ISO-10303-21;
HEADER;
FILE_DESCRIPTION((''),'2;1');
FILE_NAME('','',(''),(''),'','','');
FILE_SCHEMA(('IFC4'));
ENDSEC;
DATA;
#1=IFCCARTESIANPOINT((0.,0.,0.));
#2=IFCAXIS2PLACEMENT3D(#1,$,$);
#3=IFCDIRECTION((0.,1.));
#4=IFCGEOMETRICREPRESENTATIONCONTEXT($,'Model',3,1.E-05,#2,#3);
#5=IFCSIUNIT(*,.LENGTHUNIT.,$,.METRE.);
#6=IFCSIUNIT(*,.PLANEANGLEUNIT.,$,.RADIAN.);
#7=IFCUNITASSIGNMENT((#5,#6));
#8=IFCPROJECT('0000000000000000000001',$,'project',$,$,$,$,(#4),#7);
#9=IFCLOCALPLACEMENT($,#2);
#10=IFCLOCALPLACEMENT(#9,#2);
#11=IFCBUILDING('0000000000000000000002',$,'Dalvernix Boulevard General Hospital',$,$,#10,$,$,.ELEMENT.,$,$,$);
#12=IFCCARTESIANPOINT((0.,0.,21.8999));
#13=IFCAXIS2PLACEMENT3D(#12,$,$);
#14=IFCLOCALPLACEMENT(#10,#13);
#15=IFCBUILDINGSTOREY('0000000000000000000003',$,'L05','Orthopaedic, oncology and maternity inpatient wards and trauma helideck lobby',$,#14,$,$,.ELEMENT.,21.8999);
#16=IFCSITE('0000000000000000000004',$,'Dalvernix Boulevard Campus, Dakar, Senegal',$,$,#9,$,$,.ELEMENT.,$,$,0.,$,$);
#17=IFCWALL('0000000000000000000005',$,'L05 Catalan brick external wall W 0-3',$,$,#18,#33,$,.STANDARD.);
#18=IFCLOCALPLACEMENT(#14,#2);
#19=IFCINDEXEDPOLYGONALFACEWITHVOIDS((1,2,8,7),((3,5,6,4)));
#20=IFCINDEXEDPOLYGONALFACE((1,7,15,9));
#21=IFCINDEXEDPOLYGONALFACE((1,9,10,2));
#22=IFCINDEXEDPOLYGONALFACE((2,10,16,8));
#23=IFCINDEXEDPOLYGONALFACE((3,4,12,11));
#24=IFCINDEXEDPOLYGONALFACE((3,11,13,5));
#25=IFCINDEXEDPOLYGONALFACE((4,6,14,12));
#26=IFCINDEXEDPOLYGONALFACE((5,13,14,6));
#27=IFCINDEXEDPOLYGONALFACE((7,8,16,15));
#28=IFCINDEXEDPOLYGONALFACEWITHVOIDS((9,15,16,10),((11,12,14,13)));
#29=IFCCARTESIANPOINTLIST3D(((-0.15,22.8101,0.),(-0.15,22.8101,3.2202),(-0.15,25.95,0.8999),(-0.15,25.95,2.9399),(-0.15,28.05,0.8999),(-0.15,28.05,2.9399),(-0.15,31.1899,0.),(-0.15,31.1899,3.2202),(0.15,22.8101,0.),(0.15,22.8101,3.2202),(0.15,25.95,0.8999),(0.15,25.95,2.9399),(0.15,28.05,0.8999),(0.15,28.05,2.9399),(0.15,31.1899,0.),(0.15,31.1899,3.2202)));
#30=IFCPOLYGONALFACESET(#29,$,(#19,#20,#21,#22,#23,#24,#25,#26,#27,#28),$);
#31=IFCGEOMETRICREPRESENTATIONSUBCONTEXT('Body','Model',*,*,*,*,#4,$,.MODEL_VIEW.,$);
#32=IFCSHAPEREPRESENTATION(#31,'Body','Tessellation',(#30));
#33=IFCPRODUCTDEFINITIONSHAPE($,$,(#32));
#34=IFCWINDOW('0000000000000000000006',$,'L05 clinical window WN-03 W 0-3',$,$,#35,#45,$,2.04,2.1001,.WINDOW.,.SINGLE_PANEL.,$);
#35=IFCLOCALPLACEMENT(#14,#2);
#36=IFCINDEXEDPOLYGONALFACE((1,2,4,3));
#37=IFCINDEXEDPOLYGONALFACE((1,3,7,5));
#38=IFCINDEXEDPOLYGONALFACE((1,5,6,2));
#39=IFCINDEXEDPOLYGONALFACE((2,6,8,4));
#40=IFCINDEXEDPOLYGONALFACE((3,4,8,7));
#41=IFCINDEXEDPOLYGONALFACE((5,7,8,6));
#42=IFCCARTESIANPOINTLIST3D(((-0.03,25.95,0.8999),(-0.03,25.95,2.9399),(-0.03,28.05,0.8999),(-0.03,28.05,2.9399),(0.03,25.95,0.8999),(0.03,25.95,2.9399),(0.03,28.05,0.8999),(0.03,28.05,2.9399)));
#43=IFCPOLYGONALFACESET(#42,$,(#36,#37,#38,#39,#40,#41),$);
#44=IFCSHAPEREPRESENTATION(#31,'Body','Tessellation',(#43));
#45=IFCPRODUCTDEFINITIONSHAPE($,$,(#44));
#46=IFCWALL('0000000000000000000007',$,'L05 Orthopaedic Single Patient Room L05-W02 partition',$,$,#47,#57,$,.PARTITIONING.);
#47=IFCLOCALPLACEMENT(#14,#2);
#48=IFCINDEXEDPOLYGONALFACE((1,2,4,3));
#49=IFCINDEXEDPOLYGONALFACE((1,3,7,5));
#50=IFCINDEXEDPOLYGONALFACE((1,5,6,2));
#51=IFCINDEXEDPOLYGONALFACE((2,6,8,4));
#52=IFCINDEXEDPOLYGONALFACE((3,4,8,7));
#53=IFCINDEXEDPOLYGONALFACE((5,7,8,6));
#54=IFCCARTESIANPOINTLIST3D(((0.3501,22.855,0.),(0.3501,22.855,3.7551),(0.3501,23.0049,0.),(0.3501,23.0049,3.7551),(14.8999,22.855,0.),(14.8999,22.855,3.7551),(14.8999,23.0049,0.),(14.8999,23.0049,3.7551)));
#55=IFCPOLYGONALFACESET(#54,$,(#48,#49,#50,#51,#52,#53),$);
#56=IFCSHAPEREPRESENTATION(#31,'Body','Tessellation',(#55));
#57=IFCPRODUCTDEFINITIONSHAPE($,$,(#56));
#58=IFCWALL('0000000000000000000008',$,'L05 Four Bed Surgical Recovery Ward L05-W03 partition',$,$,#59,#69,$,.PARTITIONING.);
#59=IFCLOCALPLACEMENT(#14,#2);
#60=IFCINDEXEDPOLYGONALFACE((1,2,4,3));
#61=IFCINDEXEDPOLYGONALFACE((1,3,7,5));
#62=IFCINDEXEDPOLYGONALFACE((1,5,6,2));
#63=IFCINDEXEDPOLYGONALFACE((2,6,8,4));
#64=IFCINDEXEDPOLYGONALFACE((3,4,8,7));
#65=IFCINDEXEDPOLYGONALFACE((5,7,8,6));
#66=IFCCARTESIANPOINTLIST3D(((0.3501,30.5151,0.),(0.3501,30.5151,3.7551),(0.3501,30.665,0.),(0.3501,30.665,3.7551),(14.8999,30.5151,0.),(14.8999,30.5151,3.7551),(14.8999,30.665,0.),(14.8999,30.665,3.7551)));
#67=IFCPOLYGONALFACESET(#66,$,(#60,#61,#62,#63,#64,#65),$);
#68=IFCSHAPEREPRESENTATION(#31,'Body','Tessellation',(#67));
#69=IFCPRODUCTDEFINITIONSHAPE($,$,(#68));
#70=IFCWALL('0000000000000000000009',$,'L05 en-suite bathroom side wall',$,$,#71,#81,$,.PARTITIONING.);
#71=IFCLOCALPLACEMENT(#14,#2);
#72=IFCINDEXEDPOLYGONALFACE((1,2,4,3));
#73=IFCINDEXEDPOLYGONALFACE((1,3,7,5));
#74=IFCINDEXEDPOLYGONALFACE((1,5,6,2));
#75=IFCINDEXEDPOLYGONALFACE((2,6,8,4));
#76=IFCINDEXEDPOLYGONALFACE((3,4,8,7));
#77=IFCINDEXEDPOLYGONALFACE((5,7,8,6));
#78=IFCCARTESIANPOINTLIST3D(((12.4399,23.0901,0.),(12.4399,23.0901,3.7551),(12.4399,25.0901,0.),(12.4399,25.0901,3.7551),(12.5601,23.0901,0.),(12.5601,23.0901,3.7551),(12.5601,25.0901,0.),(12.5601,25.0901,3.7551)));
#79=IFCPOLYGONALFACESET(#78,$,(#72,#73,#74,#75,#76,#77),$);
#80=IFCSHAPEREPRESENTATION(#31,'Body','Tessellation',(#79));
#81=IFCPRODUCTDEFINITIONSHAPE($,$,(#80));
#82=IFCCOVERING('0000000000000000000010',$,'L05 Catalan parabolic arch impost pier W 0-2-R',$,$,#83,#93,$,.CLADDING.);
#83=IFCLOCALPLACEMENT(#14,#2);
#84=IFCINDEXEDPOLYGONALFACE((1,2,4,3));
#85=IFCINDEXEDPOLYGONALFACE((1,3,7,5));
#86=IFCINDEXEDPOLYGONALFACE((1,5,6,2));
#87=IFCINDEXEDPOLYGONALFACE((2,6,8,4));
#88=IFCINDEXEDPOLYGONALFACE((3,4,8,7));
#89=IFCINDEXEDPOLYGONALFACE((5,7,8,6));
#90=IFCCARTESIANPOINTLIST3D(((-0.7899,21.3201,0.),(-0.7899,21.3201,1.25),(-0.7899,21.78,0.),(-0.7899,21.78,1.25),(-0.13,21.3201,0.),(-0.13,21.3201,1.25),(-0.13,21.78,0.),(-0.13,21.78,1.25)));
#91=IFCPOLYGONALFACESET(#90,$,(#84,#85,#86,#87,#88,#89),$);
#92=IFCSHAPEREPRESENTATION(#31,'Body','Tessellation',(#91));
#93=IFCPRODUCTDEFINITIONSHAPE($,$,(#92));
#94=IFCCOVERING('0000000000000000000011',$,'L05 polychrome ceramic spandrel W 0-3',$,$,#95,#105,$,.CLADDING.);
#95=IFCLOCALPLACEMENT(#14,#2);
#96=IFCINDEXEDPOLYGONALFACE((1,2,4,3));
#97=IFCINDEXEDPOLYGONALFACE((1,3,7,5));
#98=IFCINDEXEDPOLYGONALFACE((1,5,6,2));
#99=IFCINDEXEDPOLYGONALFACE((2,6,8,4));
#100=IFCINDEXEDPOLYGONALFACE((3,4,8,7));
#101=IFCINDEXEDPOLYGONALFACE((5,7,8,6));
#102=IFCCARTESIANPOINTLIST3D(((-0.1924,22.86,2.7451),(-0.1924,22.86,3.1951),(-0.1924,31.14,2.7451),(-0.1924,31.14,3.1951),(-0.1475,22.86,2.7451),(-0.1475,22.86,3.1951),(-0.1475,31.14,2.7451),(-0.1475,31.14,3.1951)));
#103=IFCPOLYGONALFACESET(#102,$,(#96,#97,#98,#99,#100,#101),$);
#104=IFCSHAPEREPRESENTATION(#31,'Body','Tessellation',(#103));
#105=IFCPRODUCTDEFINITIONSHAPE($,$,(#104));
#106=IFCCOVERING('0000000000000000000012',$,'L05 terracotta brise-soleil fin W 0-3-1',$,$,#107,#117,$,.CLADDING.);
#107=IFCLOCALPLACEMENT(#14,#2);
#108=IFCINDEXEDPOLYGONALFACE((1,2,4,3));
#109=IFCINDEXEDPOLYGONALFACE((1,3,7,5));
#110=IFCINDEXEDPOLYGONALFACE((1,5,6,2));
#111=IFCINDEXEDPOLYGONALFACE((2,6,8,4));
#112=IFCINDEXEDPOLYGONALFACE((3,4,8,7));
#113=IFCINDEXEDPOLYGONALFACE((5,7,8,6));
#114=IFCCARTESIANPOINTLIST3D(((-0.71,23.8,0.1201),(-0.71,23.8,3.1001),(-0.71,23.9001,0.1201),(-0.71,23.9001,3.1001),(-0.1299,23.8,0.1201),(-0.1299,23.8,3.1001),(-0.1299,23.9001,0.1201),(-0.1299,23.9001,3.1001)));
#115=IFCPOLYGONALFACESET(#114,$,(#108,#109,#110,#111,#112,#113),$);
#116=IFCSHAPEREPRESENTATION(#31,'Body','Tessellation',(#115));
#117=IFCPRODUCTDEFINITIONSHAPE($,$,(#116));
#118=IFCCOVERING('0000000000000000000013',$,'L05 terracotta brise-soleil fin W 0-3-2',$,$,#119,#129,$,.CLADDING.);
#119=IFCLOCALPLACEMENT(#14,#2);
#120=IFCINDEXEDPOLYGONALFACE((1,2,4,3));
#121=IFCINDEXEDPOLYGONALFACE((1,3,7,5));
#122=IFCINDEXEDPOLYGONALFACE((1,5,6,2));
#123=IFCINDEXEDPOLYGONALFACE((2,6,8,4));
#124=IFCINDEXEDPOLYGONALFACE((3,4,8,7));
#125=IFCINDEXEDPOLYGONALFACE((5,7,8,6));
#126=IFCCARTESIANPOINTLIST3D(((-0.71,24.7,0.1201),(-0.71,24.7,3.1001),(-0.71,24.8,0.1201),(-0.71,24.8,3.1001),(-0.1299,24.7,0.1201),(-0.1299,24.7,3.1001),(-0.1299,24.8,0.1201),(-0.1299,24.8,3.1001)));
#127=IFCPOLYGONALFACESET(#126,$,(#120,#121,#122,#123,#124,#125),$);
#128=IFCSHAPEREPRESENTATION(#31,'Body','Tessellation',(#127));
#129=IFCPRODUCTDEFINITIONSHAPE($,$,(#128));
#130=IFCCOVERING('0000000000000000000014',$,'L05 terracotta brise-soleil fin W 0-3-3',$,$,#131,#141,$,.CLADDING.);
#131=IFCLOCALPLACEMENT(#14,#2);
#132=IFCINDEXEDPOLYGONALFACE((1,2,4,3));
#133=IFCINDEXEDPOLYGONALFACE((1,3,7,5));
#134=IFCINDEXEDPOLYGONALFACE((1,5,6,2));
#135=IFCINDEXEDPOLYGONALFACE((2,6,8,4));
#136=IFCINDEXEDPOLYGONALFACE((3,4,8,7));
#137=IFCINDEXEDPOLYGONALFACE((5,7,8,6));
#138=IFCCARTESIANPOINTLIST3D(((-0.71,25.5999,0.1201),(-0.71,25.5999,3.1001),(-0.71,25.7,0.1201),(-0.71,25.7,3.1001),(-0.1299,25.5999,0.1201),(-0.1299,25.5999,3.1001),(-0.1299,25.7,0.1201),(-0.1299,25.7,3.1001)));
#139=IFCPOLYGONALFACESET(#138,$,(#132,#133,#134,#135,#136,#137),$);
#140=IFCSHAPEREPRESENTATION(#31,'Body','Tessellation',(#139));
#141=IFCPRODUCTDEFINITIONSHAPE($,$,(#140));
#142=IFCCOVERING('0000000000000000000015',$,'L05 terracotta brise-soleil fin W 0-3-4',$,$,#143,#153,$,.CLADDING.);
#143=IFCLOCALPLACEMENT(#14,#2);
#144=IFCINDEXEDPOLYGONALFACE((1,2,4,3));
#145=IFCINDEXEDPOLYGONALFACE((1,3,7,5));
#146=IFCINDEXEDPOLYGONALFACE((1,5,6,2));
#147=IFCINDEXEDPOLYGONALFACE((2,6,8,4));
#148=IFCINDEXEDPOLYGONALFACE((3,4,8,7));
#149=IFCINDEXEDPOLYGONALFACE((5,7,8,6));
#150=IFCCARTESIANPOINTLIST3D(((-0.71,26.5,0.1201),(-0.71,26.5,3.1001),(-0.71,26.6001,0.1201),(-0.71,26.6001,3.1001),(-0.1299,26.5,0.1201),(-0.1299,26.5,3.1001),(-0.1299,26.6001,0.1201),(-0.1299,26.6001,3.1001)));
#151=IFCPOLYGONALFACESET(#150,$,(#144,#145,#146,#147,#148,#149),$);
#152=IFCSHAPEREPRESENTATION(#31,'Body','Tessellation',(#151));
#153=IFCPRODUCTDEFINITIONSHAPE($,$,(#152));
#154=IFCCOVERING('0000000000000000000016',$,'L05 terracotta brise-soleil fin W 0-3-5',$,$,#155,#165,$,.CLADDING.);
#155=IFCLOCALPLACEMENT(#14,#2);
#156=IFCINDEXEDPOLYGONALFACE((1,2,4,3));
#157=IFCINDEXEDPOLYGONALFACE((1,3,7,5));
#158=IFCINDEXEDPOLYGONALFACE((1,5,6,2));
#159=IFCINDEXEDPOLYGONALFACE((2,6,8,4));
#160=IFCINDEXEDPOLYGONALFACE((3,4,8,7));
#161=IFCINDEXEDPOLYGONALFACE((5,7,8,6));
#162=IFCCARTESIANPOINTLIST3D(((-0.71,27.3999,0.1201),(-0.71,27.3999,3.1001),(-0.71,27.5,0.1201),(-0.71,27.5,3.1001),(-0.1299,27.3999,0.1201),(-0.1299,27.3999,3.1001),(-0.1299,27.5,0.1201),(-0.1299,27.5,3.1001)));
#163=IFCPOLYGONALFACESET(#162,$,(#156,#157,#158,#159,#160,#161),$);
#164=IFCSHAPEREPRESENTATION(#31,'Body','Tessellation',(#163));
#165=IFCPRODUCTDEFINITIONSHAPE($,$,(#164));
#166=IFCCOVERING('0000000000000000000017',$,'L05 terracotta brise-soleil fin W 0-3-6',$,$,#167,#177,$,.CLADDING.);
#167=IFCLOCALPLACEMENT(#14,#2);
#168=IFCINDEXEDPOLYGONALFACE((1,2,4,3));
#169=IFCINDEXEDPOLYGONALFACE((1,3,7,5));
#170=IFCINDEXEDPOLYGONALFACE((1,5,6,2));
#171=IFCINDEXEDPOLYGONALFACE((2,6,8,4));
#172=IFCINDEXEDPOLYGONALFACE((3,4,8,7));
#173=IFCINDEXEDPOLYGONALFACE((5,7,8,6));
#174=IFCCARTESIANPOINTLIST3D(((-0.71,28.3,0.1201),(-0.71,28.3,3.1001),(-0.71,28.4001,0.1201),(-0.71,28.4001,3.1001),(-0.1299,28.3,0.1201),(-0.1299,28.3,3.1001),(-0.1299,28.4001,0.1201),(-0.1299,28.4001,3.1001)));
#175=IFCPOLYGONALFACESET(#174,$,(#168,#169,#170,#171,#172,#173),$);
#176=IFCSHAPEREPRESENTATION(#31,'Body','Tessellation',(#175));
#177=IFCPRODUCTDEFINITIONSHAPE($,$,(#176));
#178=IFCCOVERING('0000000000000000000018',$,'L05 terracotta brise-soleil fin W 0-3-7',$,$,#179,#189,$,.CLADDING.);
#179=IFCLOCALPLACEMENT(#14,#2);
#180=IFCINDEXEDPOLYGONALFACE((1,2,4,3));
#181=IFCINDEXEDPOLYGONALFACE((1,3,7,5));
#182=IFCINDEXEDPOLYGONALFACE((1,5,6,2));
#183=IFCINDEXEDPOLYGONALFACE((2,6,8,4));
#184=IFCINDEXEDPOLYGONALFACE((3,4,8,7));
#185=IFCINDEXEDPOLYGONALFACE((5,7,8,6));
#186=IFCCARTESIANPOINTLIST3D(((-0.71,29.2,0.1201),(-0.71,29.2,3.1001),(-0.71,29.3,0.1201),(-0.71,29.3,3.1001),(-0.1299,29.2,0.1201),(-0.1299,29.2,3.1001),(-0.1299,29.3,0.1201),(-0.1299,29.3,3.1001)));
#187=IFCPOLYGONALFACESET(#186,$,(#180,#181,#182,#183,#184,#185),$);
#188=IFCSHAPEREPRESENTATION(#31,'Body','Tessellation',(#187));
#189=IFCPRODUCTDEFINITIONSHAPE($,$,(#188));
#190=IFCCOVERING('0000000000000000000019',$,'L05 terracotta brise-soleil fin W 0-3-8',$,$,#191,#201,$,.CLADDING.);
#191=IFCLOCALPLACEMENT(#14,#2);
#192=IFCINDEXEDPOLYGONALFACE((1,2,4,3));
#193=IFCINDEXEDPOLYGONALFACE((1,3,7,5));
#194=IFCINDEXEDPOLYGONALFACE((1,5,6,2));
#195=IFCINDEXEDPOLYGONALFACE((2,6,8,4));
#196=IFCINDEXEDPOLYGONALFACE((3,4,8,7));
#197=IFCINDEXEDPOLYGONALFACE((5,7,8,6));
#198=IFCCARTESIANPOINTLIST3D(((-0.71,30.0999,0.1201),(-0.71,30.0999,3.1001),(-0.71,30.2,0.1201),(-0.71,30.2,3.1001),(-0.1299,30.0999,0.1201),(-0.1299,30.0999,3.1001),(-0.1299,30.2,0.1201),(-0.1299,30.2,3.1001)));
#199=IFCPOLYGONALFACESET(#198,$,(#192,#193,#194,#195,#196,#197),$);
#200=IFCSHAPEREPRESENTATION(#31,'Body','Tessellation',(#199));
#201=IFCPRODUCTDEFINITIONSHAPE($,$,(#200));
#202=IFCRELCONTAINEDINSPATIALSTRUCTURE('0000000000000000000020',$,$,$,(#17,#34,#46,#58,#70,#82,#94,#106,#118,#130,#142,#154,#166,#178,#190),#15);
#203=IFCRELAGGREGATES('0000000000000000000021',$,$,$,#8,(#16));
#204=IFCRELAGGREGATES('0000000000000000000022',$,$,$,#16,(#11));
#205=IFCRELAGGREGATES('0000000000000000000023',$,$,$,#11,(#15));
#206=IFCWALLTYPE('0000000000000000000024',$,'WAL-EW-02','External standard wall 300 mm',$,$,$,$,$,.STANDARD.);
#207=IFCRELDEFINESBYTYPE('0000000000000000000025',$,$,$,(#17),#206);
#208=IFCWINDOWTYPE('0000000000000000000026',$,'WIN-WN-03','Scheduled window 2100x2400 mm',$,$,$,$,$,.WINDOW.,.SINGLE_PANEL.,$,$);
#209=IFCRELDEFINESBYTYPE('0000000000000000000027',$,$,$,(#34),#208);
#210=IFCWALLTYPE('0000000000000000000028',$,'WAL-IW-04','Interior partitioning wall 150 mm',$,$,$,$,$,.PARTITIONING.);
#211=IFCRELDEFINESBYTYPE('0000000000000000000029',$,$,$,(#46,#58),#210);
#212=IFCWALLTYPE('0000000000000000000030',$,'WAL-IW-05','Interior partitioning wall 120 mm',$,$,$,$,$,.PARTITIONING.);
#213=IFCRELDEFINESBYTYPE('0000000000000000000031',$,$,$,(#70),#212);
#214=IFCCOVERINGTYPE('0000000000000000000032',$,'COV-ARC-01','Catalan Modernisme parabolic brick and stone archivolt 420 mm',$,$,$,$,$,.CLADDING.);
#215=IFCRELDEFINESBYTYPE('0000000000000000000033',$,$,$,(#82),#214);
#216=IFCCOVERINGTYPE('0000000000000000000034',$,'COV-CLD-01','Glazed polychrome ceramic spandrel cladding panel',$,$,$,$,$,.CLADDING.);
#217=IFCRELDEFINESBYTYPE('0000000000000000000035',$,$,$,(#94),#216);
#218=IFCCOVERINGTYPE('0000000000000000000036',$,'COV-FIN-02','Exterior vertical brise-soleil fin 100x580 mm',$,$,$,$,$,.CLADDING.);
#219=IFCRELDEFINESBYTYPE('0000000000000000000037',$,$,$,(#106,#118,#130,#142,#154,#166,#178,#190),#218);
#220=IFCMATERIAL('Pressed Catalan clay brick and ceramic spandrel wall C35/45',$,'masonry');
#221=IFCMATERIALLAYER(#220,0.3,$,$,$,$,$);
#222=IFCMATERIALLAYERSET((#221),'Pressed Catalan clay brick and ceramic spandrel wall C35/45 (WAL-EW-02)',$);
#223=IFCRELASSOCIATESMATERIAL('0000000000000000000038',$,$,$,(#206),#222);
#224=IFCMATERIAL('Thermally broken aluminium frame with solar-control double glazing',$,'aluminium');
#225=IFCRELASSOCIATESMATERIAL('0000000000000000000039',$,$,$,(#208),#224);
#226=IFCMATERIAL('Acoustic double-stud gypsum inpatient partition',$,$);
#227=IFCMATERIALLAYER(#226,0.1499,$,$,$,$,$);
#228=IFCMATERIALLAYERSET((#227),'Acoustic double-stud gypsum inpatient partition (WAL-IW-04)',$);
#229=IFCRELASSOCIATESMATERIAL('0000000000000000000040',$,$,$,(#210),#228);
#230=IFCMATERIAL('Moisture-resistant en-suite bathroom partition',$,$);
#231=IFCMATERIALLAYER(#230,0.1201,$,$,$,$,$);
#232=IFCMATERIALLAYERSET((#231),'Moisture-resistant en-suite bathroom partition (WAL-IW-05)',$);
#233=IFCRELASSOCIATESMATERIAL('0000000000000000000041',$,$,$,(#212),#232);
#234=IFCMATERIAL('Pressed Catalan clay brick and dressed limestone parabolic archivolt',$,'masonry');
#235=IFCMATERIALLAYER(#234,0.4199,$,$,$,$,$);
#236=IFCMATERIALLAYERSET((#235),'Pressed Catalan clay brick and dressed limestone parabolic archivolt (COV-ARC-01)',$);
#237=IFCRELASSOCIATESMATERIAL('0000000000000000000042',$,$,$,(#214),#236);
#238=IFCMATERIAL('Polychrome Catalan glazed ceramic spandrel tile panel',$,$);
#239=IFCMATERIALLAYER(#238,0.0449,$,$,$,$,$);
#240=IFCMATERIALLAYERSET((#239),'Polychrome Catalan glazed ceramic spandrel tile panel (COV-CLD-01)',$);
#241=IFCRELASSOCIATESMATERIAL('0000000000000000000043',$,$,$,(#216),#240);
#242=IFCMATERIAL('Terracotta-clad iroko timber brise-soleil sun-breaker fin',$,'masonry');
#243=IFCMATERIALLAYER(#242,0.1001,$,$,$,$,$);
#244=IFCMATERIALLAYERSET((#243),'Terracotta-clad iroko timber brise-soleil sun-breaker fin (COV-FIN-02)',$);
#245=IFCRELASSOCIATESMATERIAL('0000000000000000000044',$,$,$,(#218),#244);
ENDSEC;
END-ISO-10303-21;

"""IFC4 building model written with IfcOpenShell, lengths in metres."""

from ifc_helpers import new_model, si_unit, direction, frame, frame_2d, origin, origin_2d, place, context, subcontext, project, spatial, rectangle, extrude, material, layer, layer_set, type_object, element, fill, save


model = new_model("IFC4")

# Units and contexts
model_context = context("Model", 3, precision=1e-05, world=origin(), true_north=direction((0.0, 1.0)))
body_context = subcontext(model_context, "Body", "Model", "MODEL_VIEW")
ifc_project = project(units=[si_unit("LENGTHUNIT", "METRE"), si_unit("PLANEANGLEUNIT", "RADIAN")], contexts=[model_context])

# Site, building, storey
site_placement = place(None, origin())
site = spatial("IfcSite", under=ifc_project, at=site_placement, Name="Dalvernix Boulevard Campus, Dakar, Senegal", CompositionType="ELEMENT", RefElevation=0.0)
building_placement = place(site_placement, origin())
building = spatial("IfcBuilding", under=site, at=building_placement, Name="Dalvernix Boulevard General Hospital", CompositionType="ELEMENT")
storey_placement = place(building_placement, frame((0.0, 0.0, 21.8999)))
storey = spatial("IfcBuildingStorey", under=building, at=storey_placement, Name="L05", Description="Orthopaedic, oncology and maternity inpatient wards and trauma helideck lobby", CompositionType="ELEMENT", Elevation=21.8999)

# Wall, opening, window
ifc_material_1 = material(Name="Pressed Catalan clay brick and ceramic spandrel wall C35/45", Category="masonry")
ifc_layer_1 = layer(ifc_material_1, 0.3)
ifc_layer_set_1 = layer_set([ifc_layer_1], Name="Pressed Catalan clay brick and ceramic spandrel wall C35/45 (WAL-EW-02)")
wall_type_1 = type_object("IfcWallType", Name="WAL-EW-02", Description="External standard wall 300 mm", PredefinedType="STANDARD", material=ifc_layer_set_1)
wall_1_placement = place(storey_placement, frame((0.0, 22.8101, 0.0), z_axis=(0.0, 0.0, 1.0), x_axis=(0.0, 1.0, 0.0)))
wall_1 = element("IfcWall", 1, at=wall_1_placement, inside=storey, type_object=wall_type_1, Name="L05 Catalan brick external wall W 0-3", PredefinedType="STANDARD", context=body_context, shape_type="SweptSolid", body=[
    extrude(rectangle(XDim=8.3799, YDim=0.3, at=frame_2d((4.1899, 0.0))), origin(), (0.0, 0.0, 1.0), 3.2202),
])
opening_placement = place(wall_1_placement, frame((3.1399, 0.0, 0.8999)))
opening = element("IfcOpeningElement", 2, at=opening_placement, cuts=wall_1, PredefinedType="OPENING", context=body_context, shape_type="SweptSolid", body=[
    extrude(rectangle(XDim=2.1001, YDim=2.04, at=frame_2d((1.05, 1.02))), frame((0.0, 0.1599, 0.0), z_axis=(0.0, -1.0, 0.0), x_axis=(1.0, 0.0, 0.0)), (0.0, 0.0, 1.0), 0.3201),
])
ifc_material_2 = material(Name="Thermally broken aluminium frame with solar-control double glazing", Category="aluminium")
window_type = type_object("IfcWindowType", Name="WIN-WN-03", Description="Scheduled window 2100x2400 mm", PartitioningType="SINGLE_PANEL", PredefinedType="WINDOW", material=ifc_material_2)
window_placement = place(opening_placement, origin())
window = element("IfcWindow", 3, at=window_placement, inside=storey, type_object=window_type, Name="L05 clinical window WN-03 W 0-3", OverallHeight=2.04, OverallWidth=2.1001, PartitioningType="SINGLE_PANEL", PredefinedType="WINDOW", context=body_context, shape_type="SweptSolid", body=[
    extrude(rectangle(XDim=2.1001, YDim=2.04, at=frame_2d((1.05, 1.02))), frame((0.0, 0.03, 0.0), z_axis=(0.0, -1.0, 0.0), x_axis=(1.0, 0.0, 0.0)), (0.0, 0.0, 1.0), 0.0601),
])
fill(opening, window)

# Walls
ifc_material_3 = material(Name="Acoustic double-stud gypsum inpatient partition")
ifc_layer_2 = layer(ifc_material_3, 0.1499)
ifc_layer_set_2 = layer_set([ifc_layer_2], Name="Acoustic double-stud gypsum inpatient partition (WAL-IW-04)")
wall_type_2 = type_object("IfcWallType", Name="WAL-IW-04", Description="Interior partitioning wall 150 mm", PredefinedType="PARTITIONING", material=ifc_layer_set_2)
for number, where, z_axis, x_axis, name in (
    (4, (0.3501, 22.9299, 0.0), (0.0, 0.0, 1.0), (1.0, 0.0, 0.0), "L05 Orthopaedic Single Patient Room L05-W02 partition"),
    (5, (0.3501, 30.5901, 0.0), (0.0, 0.0, 1.0), (1.0, 0.0, 0.0), "L05 Four Bed Surgical Recovery Ward L05-W03 partition"),
):
    element("IfcWall", number, at=place(storey_placement, frame(where, z_axis=z_axis, x_axis=x_axis)), inside=storey, type_object=wall_type_2, Name=name, PredefinedType="PARTITIONING", context=body_context, shape_type="SweptSolid", body=[
        extrude(rectangle(XDim=14.5498, YDim=0.1499, at=frame_2d((7.2749, 0.0))), origin(), (0.0, 0.0, 1.0), 3.7551),
    ])
ifc_material_4 = material(Name="Moisture-resistant en-suite bathroom partition")
ifc_layer_3 = layer(ifc_material_4, 0.1201)
ifc_layer_set_3 = layer_set([ifc_layer_3], Name="Moisture-resistant en-suite bathroom partition (WAL-IW-05)")
wall_type_3 = type_object("IfcWallType", Name="WAL-IW-05", Description="Interior partitioning wall 120 mm", PredefinedType="PARTITIONING", material=ifc_layer_set_3)
wall_2_placement = place(storey_placement, frame((12.5, 23.0901, 0.0), z_axis=(0.0, 0.0, 1.0), x_axis=(0.0, 1.0, 0.0)))
element("IfcWall", 6, at=wall_2_placement, inside=storey, type_object=wall_type_3, Name="L05 en-suite bathroom side wall", PredefinedType="PARTITIONING", context=body_context, shape_type="SweptSolid", body=[
    extrude(rectangle(XDim=2.0, YDim=0.1201, at=frame_2d((1.0, 0.0))), origin(), (0.0, 0.0, 1.0), 3.7551),
])

# Coverings
ifc_material_5 = material(Name="Pressed Catalan clay brick and dressed limestone parabolic archivolt", Category="masonry")
ifc_layer_4 = layer(ifc_material_5, 0.4199)
ifc_layer_set_4 = layer_set([ifc_layer_4], Name="Pressed Catalan clay brick and dressed limestone parabolic archivolt (COV-ARC-01)")
covering_type_1 = type_object("IfcCoveringType", Name="COV-ARC-01", Description="Catalan Modernisme parabolic brick and stone archivolt 420 mm", PredefinedType="CLADDING", material=ifc_layer_set_4)
covering_1_placement = place(storey_placement, frame((-0.46, 21.55, 0.0), z_axis=(0.0, 0.0, 1.0), x_axis=(0.0, 1.0, 0.0)))
element("IfcCovering", 7, at=covering_1_placement, inside=storey, type_object=covering_type_1, Name="L05 Catalan parabolic arch impost pier W 0-2-R", PredefinedType="CLADDING", context=body_context, shape_type="SweptSolid", body=[
    extrude(rectangle(XDim=0.46, YDim=0.6599, at=origin_2d()), origin(), (0.0, 0.0, 1.0), 1.25),
])
ifc_material_6 = material(Name="Polychrome Catalan glazed ceramic spandrel tile panel")
ifc_layer_5 = layer(ifc_material_6, 0.0449)
ifc_layer_set_5 = layer_set([ifc_layer_5], Name="Polychrome Catalan glazed ceramic spandrel tile panel (COV-CLD-01)")
covering_type_2 = type_object("IfcCoveringType", Name="COV-CLD-01", Description="Glazed polychrome ceramic spandrel cladding panel", PredefinedType="CLADDING", material=ifc_layer_set_5)
covering_2_placement = place(storey_placement, frame((-0.1699, 27.0, 2.7451), z_axis=(0.0, 0.0, 1.0), x_axis=(0.0, 1.0, 0.0)))
element("IfcCovering", 8, at=covering_2_placement, inside=storey, type_object=covering_type_2, Name="L05 polychrome ceramic spandrel W 0-3", PredefinedType="CLADDING", context=body_context, shape_type="SweptSolid", body=[
    extrude(rectangle(XDim=8.28, YDim=0.0449, at=origin_2d()), origin(), (0.0, 0.0, 1.0), 0.45),
])
ifc_material_7 = material(Name="Terracotta-clad iroko timber brise-soleil sun-breaker fin", Category="masonry")
ifc_layer_6 = layer(ifc_material_7, 0.1001)
ifc_layer_set_6 = layer_set([ifc_layer_6], Name="Terracotta-clad iroko timber brise-soleil sun-breaker fin (COV-FIN-02)")
covering_type_3 = type_object("IfcCoveringType", Name="COV-FIN-02", Description="Exterior vertical brise-soleil fin 100x580 mm", PredefinedType="CLADDING", material=ifc_layer_set_6)
for number, where, z_axis, x_axis, name in (
    (9, (-0.4199, 23.8501, 0.1201), (0.0, 0.0, 1.0), (0.0, 1.0, 0.0), "L05 terracotta brise-soleil fin W 0-3-1"),
    (10, (-0.4199, 24.75, 0.1201), (0.0, 0.0, 1.0), (0.0, 1.0, 0.0), "L05 terracotta brise-soleil fin W 0-3-2"),
    (11, (-0.4199, 25.6499, 0.1201), (0.0, 0.0, 1.0), (0.0, 1.0, 0.0), "L05 terracotta brise-soleil fin W 0-3-3"),
    (12, (-0.4199, 26.55, 0.1201), (0.0, 0.0, 1.0), (0.0, 1.0, 0.0), "L05 terracotta brise-soleil fin W 0-3-4"),
    (13, (-0.4199, 27.45, 0.1201), (0.0, 0.0, 1.0), (0.0, 1.0, 0.0), "L05 terracotta brise-soleil fin W 0-3-5"),
    (14, (-0.4199, 28.3501, 0.1201), (0.0, 0.0, 1.0), (0.0, 1.0, 0.0), "L05 terracotta brise-soleil fin W 0-3-6"),
    (15, (-0.4199, 29.25, 0.1201), (0.0, 0.0, 1.0), (0.0, 1.0, 0.0), "L05 terracotta brise-soleil fin W 0-3-7"),
    (16, (-0.4199, 30.1499, 0.1201), (0.0, 0.0, 1.0), (0.0, 1.0, 0.0), "L05 terracotta brise-soleil fin W 0-3-8"),
):
    element("IfcCovering", number, at=place(storey_placement, frame(where, z_axis=z_axis, x_axis=x_axis)), inside=storey, type_object=covering_type_3, Name=name, PredefinedType="CLADDING", context=body_context, shape_type="SweptSolid", body=[
        extrude(rectangle(XDim=0.1001, YDim=0.5801, at=origin_2d()), origin(), (0.0, 0.0, 1.0), 2.98),
    ])

save(model, "model.ifc")
